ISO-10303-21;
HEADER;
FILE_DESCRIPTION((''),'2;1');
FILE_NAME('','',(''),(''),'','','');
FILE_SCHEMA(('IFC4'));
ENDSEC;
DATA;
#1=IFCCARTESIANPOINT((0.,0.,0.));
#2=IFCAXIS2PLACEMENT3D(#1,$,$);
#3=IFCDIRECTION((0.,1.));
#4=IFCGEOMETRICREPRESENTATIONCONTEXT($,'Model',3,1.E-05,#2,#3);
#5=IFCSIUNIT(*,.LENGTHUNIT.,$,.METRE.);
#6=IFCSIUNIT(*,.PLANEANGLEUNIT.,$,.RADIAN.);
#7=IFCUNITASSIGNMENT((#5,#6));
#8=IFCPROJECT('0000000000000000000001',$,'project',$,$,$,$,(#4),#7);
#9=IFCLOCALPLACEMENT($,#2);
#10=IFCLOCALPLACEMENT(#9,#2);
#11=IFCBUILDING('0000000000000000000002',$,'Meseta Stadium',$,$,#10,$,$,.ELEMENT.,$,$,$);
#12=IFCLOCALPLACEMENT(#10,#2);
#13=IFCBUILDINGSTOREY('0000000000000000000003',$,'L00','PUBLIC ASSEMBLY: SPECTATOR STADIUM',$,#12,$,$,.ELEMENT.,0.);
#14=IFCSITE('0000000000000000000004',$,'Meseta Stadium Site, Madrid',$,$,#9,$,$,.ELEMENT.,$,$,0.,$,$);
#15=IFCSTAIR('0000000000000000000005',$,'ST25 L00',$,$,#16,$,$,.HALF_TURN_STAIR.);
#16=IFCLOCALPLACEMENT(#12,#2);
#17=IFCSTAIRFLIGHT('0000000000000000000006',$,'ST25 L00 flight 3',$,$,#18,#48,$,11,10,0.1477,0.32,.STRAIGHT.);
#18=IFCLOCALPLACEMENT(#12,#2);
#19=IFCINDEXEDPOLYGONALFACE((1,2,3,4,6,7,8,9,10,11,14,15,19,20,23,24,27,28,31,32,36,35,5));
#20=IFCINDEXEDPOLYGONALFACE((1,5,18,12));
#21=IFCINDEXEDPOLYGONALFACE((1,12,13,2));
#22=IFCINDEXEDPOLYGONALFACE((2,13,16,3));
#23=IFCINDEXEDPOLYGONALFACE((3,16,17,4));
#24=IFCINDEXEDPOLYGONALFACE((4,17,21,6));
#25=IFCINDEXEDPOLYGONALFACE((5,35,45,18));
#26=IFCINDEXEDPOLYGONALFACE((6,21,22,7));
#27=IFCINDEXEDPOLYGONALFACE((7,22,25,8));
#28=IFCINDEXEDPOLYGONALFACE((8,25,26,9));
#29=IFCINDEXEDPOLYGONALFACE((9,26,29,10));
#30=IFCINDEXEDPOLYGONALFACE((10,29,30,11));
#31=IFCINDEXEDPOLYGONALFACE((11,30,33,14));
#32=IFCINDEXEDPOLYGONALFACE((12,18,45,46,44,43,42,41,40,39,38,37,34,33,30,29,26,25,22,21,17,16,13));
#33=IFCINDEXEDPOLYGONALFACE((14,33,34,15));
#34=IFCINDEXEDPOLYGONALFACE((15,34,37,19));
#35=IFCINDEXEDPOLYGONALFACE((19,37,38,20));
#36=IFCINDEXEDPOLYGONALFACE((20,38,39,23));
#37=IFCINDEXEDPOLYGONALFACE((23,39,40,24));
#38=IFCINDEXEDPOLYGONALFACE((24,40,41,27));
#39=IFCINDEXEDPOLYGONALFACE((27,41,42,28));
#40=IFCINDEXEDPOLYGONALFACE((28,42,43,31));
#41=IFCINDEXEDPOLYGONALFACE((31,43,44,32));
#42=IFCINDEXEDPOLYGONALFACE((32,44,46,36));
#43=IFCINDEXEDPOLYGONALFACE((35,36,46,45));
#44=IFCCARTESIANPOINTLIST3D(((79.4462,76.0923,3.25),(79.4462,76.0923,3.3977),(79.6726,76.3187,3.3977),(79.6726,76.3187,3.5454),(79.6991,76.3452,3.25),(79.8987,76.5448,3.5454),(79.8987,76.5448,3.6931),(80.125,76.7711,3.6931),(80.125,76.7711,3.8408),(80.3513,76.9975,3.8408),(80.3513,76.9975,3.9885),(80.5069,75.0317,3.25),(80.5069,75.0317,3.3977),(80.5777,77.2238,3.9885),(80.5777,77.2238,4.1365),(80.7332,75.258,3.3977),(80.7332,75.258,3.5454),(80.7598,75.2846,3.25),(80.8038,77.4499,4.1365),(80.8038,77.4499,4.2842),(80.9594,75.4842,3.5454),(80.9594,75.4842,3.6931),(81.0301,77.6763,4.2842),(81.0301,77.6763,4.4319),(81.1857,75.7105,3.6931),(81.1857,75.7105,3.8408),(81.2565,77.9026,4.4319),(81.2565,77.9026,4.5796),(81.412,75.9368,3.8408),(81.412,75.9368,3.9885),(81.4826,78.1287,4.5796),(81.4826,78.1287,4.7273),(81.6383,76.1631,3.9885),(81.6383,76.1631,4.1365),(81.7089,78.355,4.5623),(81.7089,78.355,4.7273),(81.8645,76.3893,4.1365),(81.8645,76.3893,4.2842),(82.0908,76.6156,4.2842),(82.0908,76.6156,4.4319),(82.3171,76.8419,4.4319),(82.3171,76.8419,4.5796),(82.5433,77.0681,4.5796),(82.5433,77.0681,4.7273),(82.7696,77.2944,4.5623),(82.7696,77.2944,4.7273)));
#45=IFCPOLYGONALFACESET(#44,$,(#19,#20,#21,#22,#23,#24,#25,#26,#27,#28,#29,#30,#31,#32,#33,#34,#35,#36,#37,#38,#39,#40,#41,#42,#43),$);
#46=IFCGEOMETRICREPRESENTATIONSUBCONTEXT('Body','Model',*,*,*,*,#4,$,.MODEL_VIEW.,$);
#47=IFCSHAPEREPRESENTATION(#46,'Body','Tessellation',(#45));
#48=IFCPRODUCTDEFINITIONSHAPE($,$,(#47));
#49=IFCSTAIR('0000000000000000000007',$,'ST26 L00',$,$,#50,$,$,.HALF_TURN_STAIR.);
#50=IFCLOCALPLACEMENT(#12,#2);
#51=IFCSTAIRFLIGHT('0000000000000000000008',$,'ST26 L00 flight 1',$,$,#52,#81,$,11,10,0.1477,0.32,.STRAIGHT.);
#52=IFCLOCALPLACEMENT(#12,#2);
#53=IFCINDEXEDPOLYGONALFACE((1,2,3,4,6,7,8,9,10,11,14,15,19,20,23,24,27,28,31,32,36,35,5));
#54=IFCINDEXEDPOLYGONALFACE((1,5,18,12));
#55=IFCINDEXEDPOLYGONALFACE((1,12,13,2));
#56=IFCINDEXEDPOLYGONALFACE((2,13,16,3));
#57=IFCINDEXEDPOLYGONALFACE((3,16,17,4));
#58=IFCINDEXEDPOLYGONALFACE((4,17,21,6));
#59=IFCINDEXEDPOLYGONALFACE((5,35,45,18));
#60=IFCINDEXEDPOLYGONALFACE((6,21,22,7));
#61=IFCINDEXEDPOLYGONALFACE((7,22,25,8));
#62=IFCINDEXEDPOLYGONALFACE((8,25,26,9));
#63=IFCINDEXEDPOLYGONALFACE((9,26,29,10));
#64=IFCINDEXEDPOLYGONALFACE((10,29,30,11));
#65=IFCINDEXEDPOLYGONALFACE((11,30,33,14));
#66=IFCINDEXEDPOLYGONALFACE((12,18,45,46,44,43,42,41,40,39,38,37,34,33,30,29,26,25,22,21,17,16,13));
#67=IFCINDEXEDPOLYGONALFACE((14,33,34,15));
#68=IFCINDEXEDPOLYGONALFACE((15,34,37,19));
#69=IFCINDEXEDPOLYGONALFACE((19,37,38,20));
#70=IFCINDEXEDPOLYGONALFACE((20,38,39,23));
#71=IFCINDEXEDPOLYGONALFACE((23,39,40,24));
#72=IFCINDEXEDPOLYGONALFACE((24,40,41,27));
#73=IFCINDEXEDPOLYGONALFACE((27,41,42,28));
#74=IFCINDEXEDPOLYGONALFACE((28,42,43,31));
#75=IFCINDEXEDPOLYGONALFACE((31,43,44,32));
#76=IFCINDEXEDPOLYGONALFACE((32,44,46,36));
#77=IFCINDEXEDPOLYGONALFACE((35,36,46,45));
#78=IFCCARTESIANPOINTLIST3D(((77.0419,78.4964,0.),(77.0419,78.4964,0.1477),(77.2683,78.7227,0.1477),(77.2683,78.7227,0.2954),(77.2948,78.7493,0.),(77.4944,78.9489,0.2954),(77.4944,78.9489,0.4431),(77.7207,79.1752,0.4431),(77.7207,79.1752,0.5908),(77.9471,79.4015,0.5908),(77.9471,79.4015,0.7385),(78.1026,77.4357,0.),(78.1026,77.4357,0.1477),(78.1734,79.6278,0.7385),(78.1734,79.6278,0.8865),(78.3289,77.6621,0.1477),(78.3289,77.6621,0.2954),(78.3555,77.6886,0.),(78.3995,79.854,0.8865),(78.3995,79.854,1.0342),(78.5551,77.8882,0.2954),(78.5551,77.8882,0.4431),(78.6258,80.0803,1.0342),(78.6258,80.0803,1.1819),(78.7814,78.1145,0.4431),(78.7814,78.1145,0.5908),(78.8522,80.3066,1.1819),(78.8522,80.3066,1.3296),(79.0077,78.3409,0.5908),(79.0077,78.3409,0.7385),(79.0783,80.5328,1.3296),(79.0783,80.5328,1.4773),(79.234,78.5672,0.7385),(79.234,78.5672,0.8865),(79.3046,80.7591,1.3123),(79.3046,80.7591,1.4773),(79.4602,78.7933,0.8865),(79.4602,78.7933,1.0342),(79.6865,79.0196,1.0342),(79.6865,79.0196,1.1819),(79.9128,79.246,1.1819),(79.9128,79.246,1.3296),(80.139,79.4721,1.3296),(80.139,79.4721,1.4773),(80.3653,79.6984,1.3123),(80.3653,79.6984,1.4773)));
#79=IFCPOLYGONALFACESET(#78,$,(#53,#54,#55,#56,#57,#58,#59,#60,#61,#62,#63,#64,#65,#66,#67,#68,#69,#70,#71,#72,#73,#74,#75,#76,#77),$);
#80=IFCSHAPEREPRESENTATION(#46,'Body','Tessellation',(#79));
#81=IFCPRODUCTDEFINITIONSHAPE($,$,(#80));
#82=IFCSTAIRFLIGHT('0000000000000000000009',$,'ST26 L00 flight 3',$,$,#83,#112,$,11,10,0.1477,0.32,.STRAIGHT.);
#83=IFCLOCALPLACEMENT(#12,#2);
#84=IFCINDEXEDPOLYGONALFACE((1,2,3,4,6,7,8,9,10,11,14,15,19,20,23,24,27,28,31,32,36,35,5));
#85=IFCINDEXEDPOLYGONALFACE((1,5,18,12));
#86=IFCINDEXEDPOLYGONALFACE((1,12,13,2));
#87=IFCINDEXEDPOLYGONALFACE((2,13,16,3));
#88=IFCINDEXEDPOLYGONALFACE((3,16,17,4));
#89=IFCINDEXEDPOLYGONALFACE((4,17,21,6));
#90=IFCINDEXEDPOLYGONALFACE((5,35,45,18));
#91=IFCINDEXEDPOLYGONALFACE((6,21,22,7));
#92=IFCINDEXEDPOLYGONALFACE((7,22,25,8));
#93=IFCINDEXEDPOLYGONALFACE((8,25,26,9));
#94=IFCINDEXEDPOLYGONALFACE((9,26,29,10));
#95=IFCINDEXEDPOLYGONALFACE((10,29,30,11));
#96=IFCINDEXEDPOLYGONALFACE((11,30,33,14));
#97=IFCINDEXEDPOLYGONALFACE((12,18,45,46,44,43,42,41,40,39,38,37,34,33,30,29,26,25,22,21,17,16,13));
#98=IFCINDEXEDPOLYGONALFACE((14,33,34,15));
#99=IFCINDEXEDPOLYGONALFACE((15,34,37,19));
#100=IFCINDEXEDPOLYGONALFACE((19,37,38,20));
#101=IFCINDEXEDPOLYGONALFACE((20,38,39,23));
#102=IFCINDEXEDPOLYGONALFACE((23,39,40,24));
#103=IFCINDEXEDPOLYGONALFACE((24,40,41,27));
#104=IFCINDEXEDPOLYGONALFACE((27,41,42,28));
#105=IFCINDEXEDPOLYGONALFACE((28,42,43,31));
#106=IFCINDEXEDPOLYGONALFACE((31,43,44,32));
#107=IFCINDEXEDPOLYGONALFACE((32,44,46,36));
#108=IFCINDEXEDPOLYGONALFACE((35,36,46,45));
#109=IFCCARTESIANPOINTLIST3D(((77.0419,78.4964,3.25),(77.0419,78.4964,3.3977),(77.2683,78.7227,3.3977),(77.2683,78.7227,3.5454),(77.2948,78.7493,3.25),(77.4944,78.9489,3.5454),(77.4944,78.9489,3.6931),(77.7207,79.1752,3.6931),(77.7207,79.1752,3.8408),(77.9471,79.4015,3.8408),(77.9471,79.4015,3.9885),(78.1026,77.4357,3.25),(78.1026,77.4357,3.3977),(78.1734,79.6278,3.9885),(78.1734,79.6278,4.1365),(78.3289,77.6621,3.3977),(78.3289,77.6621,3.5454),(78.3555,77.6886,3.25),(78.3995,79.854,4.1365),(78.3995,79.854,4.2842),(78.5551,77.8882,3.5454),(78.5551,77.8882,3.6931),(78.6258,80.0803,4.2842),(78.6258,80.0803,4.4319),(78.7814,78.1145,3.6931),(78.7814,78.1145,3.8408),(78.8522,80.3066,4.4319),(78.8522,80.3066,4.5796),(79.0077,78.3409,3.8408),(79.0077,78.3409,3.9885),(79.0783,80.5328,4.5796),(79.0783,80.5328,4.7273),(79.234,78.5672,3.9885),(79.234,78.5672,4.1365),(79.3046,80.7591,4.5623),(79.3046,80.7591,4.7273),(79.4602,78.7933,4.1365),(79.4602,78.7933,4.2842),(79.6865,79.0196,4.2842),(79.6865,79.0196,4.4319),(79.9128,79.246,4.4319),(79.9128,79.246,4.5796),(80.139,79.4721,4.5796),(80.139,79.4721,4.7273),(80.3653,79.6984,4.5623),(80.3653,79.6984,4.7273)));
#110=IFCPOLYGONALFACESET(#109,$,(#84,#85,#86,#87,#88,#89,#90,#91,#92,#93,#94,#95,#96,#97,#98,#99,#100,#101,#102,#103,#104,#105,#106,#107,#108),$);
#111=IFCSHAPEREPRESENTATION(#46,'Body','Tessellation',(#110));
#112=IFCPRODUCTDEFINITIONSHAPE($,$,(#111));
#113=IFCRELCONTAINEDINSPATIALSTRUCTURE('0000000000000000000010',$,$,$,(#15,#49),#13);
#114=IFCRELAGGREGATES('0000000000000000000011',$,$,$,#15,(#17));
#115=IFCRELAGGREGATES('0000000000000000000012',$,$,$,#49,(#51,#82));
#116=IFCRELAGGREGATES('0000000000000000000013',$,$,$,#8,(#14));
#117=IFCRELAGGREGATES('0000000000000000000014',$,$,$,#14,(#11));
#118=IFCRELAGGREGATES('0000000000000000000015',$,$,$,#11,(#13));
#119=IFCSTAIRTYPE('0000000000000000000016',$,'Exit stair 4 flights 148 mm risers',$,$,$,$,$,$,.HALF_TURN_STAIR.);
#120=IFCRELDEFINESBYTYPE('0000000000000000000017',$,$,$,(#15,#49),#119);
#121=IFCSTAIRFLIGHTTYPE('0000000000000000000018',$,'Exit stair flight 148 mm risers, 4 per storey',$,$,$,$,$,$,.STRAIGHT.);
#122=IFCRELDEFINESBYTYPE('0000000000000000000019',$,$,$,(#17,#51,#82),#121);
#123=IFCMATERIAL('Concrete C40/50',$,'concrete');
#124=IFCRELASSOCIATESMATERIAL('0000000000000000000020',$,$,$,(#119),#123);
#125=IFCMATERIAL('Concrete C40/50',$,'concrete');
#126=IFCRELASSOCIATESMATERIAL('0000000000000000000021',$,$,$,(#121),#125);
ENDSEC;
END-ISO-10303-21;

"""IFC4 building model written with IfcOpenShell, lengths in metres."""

from ifc_helpers import new_model, si_unit, direction, frame, origin, place, context, subcontext, project, spatial, polyline, outline, extrude, material, type_object, element, aggregate, save


model = new_model("IFC4")

# Units and contexts
model_context = context("Model", 3, precision=1e-05, world=origin(), true_north=direction((0.0, 1.0)))
body_context = subcontext(model_context, "Body", "Model", "MODEL_VIEW")
ifc_project = project(units=[si_unit("LENGTHUNIT", "METRE"), si_unit("PLANEANGLEUNIT", "RADIAN")], contexts=[model_context])

# Site, building, storey
site_placement = place(None, origin())
site = spatial("IfcSite", under=ifc_project, at=site_placement, Name="Meseta Stadium Site, Madrid", CompositionType="ELEMENT", RefElevation=0.0)
building_placement = place(site_placement, origin())
building = spatial("IfcBuilding", under=site, at=building_placement, Name="Meseta Stadium", CompositionType="ELEMENT")
storey_placement = place(building_placement, origin())
storey = spatial("IfcBuildingStorey", under=building, at=storey_placement, Name="L00", Description="PUBLIC ASSEMBLY: SPECTATOR STADIUM", CompositionType="ELEMENT", Elevation=0.0)

# Stairs, stair flights
ifc_material_1 = material(Name="Concrete C40/50", Category="concrete")
stair_type = type_object("IfcStairType", Name="Exit stair 4 flights 148 mm risers", PredefinedType="HALF_TURN_STAIR", material=ifc_material_1)
stair_1_placement = place(storey_placement, origin())
stair_1 = element("IfcStair", 1, at=stair_1_placement, inside=storey, type_object=stair_type, Name="ST25 L00", PredefinedType="HALF_TURN_STAIR")
ifc_material_2 = material(Name="Concrete C40/50", Category="concrete")
stair_flight_type = type_object("IfcStairFlightType", Name="Exit stair flight 148 mm risers, 4 per storey", PredefinedType="STRAIGHT", material=ifc_material_2)
stair_flight_1_placement = place(storey_placement, frame((79.9766, 75.562, 3.25), z_axis=(0.0, 0.0, 1.0), x_axis=(0.707107, 0.707107, 0.0)))
stair_flight_1 = element("IfcStairFlight", 2, at=stair_flight_1_placement, type_object=stair_flight_type, Name="ST25 L00 flight 3", NumberOfRisers=11, NumberOfTreads=10, PredefinedType="STRAIGHT", RiserHeight=0.1477, TreadLength=0.32, context=body_context, shape_type="SweptSolid", body=[
    extrude(outline(polyline([(0.0, 0.0), (0.0, 0.1477), (0.3201, 0.1477), (0.3201, 0.2954), (0.6399, 0.2954), (0.6399, 0.4431), (0.96, 0.4431), (0.96, 0.5908), (1.28, 0.5908), (1.28, 0.7385), (1.6001, 0.7385), (1.6001, 0.8865), (1.9199, 0.8865), (1.9199, 1.0342), (2.24, 1.0342), (2.24, 1.1819), (2.5601, 1.1819), (2.5601, 1.3296), (2.8799, 1.3296), (2.8799, 1.4773), (3.2, 1.4773), (3.2, 1.3123), (0.3577, 0.0), (0.0, 0.0)])), frame((0.0, 0.75, 0.0), z_axis=(0.0, -1.0, 0.0), x_axis=(1.0, 0.0, 0.0)), (0.0, 0.0, 1.0), 1.5),
])
aggregate(stair_1, [stair_flight_1])
stair_2_placement = place(storey_placement, origin())
stair_2 = element("IfcStair", 3, at=stair_2_placement, inside=storey, type_object=stair_type, Name="ST26 L00", PredefinedType="HALF_TURN_STAIR")
stair_flight_2_placement = place(storey_placement, frame((77.5723, 77.9661, 0.0), z_axis=(0.0, 0.0, 1.0), x_axis=(0.707107, 0.707107, 0.0)))
stair_flight_2 = element("IfcStairFlight", 4, at=stair_flight_2_placement, type_object=stair_flight_type, Name="ST26 L00 flight 1", NumberOfRisers=11, NumberOfTreads=10, PredefinedType="STRAIGHT", RiserHeight=0.1477, TreadLength=0.32, context=body_context, shape_type="SweptSolid", body=[
    extrude(outline(polyline([(0.0, 0.0), (0.0, 0.1477), (0.3201, 0.1477), (0.3201, 0.2954), (0.6399, 0.2954), (0.6399, 0.4431), (0.96, 0.4431), (0.96, 0.5908), (1.28, 0.5908), (1.28, 0.7385), (1.6001, 0.7385), (1.6001, 0.8865), (1.9199, 0.8865), (1.9199, 1.0342), (2.24, 1.0342), (2.24, 1.1819), (2.5601, 1.1819), (2.5601, 1.3296), (2.8799, 1.3296), (2.8799, 1.4773), (3.2, 1.4773), (3.2, 1.3123), (0.3577, 0.0), (0.0, 0.0)])), frame((0.0, 0.75, 0.0), z_axis=(0.0, -1.0, 0.0), x_axis=(1.0, 0.0, 0.0)), (0.0, 0.0, 1.0), 1.5),
])
stair_flight_3_placement = place(storey_placement, frame((77.5723, 77.9661, 3.25), z_axis=(0.0, 0.0, 1.0), x_axis=(0.707107, 0.707107, 0.0)))
stair_flight_3 = element("IfcStairFlight", 5, at=stair_flight_3_placement, type_object=stair_flight_type, Name="ST26 L00 flight 3", NumberOfRisers=11, NumberOfTreads=10, PredefinedType="STRAIGHT", RiserHeight=0.1477, TreadLength=0.32, context=body_context, shape_type="SweptSolid", body=[
    extrude(outline(polyline([(0.0, 0.0), (0.0, 0.1477), (0.3201, 0.1477), (0.3201, 0.2954), (0.6399, 0.2954), (0.6399, 0.4431), (0.96, 0.4431), (0.96, 0.5908), (1.28, 0.5908), (1.28, 0.7385), (1.6001, 0.7385), (1.6001, 0.8865), (1.9199, 0.8865), (1.9199, 1.0342), (2.24, 1.0342), (2.24, 1.1819), (2.5601, 1.1819), (2.5601, 1.3296), (2.8799, 1.3296), (2.8799, 1.4773), (3.2, 1.4773), (3.2, 1.3123), (0.3577, 0.0), (0.0, 0.0)])), frame((0.0, 0.75, 0.0), z_axis=(0.0, -1.0, 0.0), x_axis=(1.0, 0.0, 0.0)), (0.0, 0.0, 1.0), 1.5),
])
aggregate(stair_2, [stair_flight_2, stair_flight_3])

save(model, "model.ifc")
